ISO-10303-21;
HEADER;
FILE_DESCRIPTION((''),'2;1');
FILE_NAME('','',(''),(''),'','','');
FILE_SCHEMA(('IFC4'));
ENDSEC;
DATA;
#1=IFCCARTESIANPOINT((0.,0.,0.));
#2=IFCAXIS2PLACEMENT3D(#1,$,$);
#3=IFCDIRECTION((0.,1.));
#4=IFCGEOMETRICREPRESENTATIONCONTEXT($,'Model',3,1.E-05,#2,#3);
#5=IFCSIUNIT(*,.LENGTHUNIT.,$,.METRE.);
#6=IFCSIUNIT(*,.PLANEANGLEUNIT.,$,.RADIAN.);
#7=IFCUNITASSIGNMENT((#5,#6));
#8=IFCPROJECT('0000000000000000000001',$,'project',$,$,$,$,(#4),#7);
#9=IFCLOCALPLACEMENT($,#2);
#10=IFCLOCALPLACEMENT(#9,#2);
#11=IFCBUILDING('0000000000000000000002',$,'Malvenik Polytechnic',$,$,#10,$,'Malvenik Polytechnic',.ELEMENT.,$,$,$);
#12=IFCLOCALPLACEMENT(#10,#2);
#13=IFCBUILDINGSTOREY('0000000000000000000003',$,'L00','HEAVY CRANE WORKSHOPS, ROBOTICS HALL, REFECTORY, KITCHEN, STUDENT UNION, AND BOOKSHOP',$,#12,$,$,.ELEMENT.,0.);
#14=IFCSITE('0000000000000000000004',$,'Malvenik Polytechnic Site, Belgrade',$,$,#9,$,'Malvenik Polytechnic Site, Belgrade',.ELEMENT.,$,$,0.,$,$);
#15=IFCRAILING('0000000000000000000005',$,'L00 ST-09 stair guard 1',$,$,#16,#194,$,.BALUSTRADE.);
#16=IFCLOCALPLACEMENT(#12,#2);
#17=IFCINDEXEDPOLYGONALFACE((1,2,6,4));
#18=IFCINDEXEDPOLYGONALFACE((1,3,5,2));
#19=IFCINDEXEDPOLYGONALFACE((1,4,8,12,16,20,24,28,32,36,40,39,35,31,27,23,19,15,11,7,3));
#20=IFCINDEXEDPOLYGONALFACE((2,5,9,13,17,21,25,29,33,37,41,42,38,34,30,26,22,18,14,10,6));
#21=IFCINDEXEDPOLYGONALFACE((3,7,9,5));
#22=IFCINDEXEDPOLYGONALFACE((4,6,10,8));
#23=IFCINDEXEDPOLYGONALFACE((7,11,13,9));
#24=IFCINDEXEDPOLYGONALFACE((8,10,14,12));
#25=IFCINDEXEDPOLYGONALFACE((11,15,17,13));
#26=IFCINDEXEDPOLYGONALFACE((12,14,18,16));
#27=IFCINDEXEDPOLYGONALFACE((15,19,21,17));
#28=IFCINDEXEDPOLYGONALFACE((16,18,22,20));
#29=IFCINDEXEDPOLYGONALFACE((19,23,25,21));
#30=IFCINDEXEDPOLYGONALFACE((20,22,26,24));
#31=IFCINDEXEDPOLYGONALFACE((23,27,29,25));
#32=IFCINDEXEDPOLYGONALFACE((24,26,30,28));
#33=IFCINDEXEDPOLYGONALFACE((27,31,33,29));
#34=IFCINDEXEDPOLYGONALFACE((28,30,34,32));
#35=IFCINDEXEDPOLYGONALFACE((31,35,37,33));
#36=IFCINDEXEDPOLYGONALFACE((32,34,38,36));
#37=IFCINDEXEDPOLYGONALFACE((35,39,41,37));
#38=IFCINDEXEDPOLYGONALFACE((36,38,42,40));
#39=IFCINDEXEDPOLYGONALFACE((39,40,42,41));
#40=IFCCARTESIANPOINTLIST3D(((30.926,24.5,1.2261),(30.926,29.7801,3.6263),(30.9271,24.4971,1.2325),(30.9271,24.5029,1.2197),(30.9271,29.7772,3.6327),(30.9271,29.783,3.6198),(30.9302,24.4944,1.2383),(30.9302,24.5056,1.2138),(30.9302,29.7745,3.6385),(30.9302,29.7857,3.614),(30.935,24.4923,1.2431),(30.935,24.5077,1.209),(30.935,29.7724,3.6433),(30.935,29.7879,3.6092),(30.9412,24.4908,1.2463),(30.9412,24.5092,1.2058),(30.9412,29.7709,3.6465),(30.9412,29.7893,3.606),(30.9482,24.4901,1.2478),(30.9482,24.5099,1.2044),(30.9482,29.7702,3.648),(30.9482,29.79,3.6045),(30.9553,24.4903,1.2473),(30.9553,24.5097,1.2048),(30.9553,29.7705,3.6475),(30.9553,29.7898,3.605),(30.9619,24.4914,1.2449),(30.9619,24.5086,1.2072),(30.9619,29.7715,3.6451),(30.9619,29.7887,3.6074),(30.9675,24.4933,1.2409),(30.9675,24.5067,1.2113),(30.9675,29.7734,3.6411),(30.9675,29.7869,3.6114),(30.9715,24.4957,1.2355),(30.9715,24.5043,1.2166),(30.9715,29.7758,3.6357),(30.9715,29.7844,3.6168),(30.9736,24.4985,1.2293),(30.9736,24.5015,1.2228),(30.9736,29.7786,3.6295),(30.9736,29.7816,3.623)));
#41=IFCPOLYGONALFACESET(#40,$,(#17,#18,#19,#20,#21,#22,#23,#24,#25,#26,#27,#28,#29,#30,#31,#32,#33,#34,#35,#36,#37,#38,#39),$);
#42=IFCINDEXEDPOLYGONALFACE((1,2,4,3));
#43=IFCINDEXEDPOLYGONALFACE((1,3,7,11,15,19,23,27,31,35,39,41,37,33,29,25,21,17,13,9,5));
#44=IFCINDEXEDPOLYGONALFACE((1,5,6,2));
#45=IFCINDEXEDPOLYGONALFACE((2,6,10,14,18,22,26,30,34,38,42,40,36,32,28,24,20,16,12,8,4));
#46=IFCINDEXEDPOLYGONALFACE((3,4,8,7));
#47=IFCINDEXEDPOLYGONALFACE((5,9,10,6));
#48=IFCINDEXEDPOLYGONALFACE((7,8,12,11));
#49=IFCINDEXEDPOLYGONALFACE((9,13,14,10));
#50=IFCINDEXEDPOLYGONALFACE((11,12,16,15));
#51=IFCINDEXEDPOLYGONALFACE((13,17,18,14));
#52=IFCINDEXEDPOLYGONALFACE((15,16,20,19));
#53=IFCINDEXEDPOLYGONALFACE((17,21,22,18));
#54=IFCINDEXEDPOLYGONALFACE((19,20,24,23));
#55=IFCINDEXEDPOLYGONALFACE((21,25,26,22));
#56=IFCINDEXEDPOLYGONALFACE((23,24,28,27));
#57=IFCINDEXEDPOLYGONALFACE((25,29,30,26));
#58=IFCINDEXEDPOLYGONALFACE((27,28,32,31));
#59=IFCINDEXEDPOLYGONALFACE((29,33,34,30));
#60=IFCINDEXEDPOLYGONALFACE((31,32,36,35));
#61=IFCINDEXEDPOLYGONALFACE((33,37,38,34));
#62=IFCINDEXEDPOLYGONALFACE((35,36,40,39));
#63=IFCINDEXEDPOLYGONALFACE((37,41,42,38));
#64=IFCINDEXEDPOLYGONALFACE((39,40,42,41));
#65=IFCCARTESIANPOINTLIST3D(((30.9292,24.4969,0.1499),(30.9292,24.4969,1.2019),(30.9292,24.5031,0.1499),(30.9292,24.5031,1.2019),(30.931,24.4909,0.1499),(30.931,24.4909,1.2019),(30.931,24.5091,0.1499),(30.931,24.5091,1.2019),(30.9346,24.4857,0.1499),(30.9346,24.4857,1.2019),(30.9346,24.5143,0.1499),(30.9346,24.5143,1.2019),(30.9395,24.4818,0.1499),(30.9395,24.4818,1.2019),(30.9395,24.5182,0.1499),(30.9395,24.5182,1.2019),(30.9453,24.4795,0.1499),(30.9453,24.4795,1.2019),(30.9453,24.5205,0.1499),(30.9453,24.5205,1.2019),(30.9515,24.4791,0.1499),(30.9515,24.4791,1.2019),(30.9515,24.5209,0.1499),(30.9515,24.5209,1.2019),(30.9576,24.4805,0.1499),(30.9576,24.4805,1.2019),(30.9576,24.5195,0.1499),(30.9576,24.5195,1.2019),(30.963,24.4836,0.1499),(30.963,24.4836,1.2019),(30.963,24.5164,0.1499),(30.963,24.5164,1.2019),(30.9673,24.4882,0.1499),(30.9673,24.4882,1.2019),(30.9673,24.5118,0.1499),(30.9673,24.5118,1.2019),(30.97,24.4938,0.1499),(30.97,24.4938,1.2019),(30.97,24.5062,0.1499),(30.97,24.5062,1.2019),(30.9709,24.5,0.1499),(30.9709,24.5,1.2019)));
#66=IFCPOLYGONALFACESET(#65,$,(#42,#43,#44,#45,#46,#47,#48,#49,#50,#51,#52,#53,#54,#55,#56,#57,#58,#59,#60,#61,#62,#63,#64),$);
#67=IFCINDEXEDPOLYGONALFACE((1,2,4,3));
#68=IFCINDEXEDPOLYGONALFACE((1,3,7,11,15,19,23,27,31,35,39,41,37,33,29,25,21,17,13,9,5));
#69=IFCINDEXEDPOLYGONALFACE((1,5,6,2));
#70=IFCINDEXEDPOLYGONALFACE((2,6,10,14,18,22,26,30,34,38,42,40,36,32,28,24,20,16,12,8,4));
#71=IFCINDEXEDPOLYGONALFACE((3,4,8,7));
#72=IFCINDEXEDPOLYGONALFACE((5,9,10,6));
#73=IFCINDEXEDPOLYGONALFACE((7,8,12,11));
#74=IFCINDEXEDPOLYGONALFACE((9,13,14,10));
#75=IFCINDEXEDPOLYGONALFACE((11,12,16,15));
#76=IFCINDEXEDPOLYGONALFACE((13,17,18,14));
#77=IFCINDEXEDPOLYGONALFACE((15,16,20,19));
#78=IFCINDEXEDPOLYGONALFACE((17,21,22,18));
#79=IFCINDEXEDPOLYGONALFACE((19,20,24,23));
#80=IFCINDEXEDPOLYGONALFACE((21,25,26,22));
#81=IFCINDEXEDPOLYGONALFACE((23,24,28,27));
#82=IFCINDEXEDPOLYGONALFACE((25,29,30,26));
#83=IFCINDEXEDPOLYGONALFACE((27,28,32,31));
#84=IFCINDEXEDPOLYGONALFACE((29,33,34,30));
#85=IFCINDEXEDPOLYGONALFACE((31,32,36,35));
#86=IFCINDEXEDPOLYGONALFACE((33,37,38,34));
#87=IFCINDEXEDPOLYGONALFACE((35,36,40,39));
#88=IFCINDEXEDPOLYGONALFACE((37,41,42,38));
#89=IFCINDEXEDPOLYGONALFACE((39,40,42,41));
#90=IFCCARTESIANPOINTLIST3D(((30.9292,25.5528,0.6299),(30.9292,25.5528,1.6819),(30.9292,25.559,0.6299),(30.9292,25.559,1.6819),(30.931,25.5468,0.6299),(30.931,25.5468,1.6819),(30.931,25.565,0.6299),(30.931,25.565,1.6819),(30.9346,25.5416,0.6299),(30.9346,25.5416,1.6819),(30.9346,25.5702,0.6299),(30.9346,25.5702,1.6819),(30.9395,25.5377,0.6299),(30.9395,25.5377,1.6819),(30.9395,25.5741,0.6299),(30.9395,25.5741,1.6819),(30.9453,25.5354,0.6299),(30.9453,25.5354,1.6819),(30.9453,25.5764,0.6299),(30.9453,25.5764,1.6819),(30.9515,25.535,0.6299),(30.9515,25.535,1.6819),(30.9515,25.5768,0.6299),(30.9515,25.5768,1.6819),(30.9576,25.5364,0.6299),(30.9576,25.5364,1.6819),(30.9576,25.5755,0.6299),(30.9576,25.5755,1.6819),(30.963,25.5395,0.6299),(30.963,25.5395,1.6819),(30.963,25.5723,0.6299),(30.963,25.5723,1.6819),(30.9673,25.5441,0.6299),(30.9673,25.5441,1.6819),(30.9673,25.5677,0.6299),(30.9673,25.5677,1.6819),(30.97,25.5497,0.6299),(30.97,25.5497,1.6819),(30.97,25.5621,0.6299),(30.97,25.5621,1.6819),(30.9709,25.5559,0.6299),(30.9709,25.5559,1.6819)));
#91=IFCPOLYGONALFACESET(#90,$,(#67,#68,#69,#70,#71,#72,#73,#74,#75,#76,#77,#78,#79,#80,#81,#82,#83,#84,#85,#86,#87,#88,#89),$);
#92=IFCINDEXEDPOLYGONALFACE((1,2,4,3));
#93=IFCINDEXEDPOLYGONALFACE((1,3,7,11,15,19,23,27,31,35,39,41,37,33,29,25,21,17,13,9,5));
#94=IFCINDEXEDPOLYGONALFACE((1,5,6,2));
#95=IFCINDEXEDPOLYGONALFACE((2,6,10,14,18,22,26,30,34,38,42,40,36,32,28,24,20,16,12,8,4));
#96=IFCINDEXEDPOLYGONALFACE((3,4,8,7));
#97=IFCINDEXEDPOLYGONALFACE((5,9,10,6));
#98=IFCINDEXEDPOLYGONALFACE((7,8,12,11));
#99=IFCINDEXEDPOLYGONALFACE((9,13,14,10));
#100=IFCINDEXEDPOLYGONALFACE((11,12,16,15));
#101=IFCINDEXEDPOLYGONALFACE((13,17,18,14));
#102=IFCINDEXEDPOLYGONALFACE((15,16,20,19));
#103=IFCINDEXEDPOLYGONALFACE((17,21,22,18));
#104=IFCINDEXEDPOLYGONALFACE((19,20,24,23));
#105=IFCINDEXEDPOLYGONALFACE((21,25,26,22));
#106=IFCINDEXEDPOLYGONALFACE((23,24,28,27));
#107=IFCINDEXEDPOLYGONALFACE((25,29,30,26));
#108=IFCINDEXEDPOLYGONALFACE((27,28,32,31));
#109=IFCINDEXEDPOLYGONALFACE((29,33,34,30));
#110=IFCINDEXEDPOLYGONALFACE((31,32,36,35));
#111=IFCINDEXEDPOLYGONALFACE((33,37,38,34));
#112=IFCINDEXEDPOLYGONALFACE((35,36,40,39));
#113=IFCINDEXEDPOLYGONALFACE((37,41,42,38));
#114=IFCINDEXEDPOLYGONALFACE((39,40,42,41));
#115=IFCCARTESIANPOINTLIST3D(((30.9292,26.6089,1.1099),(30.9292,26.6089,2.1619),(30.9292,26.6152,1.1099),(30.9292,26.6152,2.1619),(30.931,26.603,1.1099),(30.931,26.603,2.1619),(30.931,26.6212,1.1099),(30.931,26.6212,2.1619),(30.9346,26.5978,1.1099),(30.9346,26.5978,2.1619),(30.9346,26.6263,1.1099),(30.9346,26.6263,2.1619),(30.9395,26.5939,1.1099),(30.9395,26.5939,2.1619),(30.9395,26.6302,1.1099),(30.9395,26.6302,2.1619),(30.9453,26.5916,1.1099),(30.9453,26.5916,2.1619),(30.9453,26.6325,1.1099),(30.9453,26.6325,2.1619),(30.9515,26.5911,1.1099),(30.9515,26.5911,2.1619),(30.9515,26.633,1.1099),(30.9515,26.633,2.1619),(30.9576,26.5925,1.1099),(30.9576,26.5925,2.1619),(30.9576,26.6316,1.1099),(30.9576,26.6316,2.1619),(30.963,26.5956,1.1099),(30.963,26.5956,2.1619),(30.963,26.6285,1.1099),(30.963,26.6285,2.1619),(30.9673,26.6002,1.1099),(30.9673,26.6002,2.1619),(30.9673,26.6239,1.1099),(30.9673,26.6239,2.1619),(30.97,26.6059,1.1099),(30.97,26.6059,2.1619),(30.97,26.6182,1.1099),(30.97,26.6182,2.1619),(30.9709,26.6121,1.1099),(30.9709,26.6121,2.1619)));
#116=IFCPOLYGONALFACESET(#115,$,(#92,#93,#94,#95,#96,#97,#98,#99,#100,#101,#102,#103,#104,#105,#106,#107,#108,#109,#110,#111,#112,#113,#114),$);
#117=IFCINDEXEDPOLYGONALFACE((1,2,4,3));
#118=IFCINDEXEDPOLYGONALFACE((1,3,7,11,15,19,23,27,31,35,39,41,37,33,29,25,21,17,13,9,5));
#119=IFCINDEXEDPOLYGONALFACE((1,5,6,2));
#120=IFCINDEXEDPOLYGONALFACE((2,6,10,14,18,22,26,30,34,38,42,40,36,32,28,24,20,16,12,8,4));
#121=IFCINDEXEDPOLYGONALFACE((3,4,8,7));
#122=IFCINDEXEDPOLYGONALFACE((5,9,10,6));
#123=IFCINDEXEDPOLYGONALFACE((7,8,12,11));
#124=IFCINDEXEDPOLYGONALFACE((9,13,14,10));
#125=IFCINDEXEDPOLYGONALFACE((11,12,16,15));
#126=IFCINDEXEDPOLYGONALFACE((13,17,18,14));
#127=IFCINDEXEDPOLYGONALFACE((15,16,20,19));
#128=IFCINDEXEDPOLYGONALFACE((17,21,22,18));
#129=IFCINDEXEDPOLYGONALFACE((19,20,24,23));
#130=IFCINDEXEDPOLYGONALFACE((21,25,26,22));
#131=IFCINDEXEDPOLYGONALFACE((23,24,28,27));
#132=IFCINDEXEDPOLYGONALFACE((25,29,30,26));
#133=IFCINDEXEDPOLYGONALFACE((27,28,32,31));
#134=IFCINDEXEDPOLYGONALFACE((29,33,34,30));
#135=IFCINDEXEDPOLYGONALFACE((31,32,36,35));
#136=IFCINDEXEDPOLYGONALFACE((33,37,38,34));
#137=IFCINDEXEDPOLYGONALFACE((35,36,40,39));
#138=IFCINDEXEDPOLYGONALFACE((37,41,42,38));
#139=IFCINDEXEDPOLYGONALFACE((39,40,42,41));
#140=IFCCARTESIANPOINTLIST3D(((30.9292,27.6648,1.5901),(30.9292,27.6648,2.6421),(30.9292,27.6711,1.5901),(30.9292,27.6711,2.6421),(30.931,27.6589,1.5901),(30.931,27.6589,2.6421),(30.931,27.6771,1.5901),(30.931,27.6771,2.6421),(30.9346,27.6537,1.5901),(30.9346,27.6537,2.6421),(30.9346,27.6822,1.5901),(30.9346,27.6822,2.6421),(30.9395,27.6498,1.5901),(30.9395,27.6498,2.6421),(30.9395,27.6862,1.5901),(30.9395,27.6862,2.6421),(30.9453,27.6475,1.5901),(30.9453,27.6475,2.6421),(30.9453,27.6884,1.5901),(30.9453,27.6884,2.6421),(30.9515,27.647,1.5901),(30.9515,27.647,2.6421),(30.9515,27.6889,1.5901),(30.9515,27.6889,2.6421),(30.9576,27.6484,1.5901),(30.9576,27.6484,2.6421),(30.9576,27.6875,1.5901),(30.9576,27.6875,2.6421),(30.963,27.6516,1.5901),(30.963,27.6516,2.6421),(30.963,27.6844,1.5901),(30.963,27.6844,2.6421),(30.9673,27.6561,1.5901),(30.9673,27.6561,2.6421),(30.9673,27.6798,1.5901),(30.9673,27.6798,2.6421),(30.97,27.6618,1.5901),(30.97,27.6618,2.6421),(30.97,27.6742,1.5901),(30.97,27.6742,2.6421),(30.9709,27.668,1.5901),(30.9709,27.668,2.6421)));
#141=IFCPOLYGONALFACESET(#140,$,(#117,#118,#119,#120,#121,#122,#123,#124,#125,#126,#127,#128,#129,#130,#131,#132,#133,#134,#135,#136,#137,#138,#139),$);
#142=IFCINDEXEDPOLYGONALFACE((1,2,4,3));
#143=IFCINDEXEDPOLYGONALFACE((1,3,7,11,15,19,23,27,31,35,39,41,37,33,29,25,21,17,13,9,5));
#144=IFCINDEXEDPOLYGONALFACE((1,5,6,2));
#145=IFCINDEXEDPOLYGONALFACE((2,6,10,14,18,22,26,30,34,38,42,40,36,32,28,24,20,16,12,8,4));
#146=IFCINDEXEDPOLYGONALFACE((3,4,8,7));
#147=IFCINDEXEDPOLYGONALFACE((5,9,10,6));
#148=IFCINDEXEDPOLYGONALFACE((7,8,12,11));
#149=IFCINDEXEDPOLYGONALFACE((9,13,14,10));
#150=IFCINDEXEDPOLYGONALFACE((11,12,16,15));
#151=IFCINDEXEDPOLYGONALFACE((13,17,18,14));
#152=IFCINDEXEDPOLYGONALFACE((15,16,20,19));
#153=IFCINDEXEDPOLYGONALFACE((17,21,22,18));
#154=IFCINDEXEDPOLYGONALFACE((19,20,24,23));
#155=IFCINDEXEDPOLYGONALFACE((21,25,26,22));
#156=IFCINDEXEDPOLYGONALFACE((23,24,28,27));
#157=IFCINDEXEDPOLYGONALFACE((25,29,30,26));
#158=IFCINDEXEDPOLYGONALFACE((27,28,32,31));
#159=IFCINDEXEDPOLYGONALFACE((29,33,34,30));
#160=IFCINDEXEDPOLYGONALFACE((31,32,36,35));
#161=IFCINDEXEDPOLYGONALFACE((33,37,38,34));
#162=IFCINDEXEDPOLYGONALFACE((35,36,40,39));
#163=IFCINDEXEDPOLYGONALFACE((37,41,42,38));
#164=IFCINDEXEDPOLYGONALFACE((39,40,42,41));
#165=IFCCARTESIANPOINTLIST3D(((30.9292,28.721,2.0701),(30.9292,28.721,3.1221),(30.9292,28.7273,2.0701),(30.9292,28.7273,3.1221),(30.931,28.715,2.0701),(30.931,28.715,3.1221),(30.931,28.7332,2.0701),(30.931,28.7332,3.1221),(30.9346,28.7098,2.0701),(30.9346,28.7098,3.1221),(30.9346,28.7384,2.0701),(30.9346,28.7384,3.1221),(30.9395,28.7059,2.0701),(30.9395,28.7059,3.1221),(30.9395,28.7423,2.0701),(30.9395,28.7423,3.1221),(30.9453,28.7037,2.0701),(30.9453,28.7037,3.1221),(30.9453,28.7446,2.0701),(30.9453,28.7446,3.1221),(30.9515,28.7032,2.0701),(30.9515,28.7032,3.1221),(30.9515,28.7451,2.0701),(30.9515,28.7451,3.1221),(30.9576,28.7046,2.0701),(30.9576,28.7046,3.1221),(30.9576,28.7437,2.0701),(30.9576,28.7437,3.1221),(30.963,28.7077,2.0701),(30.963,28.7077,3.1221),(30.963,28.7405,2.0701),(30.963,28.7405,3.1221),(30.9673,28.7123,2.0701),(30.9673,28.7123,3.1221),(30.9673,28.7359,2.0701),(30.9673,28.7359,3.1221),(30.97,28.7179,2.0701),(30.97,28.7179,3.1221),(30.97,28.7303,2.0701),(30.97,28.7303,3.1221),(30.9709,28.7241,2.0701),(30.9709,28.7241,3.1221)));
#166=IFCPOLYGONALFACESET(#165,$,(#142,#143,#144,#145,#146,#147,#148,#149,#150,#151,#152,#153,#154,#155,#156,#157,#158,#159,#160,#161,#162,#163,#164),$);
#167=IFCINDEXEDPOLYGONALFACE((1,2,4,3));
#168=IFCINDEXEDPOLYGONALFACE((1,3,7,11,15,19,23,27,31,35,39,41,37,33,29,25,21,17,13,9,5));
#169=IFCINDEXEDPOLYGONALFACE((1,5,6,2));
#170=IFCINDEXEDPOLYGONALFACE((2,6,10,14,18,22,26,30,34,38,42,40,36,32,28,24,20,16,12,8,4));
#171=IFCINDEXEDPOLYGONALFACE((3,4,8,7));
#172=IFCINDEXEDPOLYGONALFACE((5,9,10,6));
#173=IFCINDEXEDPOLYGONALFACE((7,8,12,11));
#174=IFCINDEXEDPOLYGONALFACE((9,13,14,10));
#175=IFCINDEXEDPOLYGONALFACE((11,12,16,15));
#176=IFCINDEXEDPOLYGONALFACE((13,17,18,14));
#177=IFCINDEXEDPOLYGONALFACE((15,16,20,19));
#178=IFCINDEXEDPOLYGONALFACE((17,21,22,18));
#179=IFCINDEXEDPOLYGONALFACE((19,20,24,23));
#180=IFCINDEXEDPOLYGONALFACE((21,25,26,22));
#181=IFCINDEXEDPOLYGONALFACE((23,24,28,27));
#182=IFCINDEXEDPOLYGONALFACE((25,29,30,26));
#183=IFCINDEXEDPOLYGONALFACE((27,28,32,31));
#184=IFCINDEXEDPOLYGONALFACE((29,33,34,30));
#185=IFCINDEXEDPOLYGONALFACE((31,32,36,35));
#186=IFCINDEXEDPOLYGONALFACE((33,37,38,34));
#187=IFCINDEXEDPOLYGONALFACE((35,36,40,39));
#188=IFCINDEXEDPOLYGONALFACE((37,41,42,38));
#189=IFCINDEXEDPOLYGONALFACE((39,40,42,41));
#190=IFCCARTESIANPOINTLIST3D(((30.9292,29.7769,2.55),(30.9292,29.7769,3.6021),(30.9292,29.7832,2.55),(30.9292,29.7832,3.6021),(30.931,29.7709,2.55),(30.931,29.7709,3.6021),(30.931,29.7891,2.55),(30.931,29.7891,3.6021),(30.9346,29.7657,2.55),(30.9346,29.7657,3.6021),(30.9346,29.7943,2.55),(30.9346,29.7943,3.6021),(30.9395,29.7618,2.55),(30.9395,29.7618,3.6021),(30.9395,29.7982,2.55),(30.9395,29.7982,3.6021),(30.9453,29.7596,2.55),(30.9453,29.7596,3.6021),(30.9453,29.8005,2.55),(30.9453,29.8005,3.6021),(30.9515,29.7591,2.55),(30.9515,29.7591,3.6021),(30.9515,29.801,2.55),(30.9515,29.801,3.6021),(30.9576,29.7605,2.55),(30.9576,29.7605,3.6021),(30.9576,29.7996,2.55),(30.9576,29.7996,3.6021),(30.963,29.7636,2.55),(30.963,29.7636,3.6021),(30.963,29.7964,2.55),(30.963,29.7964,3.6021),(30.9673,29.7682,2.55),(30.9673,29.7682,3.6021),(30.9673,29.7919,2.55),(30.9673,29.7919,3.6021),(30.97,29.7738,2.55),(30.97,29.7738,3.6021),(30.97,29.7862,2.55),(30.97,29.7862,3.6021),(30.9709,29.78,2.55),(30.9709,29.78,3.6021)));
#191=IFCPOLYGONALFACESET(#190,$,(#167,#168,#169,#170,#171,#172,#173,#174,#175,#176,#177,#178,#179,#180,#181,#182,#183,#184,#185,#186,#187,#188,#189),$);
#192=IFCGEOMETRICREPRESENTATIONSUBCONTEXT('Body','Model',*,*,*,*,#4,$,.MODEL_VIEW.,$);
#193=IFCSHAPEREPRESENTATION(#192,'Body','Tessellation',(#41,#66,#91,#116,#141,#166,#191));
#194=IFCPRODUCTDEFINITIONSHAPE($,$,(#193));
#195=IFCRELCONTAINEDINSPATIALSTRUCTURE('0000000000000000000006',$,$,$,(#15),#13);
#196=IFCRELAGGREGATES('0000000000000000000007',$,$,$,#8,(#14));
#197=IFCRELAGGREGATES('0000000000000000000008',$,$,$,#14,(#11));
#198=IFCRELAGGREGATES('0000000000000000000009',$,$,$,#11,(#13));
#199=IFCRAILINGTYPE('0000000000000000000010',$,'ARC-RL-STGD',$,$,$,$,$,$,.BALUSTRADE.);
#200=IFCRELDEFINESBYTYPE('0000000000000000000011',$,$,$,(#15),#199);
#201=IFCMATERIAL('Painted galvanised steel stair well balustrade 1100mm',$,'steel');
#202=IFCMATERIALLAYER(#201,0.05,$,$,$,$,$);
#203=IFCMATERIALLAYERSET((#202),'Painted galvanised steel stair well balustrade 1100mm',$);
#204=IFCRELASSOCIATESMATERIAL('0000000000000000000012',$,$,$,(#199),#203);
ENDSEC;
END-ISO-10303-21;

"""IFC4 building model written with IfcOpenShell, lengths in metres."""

from ifc_helpers import new_model, si_unit, direction, frame, origin, origin_2d, place, context, subcontext, project, spatial, circle, extrude, material, layer, layer_set, type_object, element, save


model = new_model("IFC4")

# Units and contexts
model_context = context("Model", 3, precision=1e-05, world=origin(), true_north=direction((0.0, 1.0)))
body_context = subcontext(model_context, "Body", "Model", "MODEL_VIEW")
ifc_project = project(units=[si_unit("LENGTHUNIT", "METRE"), si_unit("PLANEANGLEUNIT", "RADIAN")], contexts=[model_context])

# Site, building, storey
site_placement = place(None, origin())
site = spatial("IfcSite", under=ifc_project, at=site_placement, Name="Malvenik Polytechnic Site, Belgrade", LongName="Malvenik Polytechnic Site, Belgrade", CompositionType="ELEMENT", RefElevation=0.0)
building_placement = place(site_placement, origin())
building = spatial("IfcBuilding", under=site, at=building_placement, Name="Malvenik Polytechnic", LongName="Malvenik Polytechnic", CompositionType="ELEMENT")
storey_placement = place(building_placement, origin())
storey = spatial("IfcBuildingStorey", under=building, at=storey_placement, Name="L00", Description="HEAVY CRANE WORKSHOPS, ROBOTICS HALL, REFECTORY, KITCHEN, STUDENT UNION, AND BOOKSHOP", CompositionType="ELEMENT", Elevation=0.0)

# Railing
ifc_material_1 = material(Name="Painted galvanised steel stair well balustrade 1100mm", Category="steel")
ifc_layer_1 = layer(ifc_material_1, 0.05)
ifc_layer_set_1 = layer_set([ifc_layer_1], Name="Painted galvanised steel stair well balustrade 1100mm")
railing_type_1 = type_object("IfcRailingType", Name="ARC-RL-STGD", PredefinedType="BALUSTRADE", material=ifc_layer_set_1)
railing_1_placement = place(storey_placement, frame((30.95, 24.5, 0.1499)))
element("IfcRailing", 1, at=railing_1_placement, inside=storey, type_object=railing_type_1, Name="L00 ST-09 stair guard 1", PredefinedType="BALUSTRADE", context=body_context, shape_type="SweptSolid", body=[
    extrude(circle(Radius=0.0239, at=origin_2d()), frame((0.0, 0.0, 1.0762), z_axis=(0.0, 0.910358, 0.413822), x_axis=(-1.0, 0.0, 0.0)), (0.0, 0.0, 1.0), 5.8),
    extrude(circle(Radius=0.021, at=origin_2d()), origin(), (0.0, 0.0, 1.0), 1.052),
    extrude(circle(Radius=0.021, at=origin_2d()), frame((0.0, 1.0559, 0.48)), (0.0, 0.0, 1.0), 1.052),
    extrude(circle(Radius=0.021, at=origin_2d()), frame((0.0, 2.1121, 0.96)), (0.0, 0.0, 1.0), 1.052),
    extrude(circle(Radius=0.021, at=origin_2d()), frame((0.0, 3.168, 1.4402)), (0.0, 0.0, 1.0), 1.052),
    extrude(circle(Radius=0.021, at=origin_2d()), frame((0.0, 4.2241, 1.9202)), (0.0, 0.0, 1.0), 1.052),
    extrude(circle(Radius=0.021, at=origin_2d()), frame((0.0, 5.28, 2.4001)), (0.0, 0.0, 1.0), 1.052),
])

save(model, "model.ifc")
